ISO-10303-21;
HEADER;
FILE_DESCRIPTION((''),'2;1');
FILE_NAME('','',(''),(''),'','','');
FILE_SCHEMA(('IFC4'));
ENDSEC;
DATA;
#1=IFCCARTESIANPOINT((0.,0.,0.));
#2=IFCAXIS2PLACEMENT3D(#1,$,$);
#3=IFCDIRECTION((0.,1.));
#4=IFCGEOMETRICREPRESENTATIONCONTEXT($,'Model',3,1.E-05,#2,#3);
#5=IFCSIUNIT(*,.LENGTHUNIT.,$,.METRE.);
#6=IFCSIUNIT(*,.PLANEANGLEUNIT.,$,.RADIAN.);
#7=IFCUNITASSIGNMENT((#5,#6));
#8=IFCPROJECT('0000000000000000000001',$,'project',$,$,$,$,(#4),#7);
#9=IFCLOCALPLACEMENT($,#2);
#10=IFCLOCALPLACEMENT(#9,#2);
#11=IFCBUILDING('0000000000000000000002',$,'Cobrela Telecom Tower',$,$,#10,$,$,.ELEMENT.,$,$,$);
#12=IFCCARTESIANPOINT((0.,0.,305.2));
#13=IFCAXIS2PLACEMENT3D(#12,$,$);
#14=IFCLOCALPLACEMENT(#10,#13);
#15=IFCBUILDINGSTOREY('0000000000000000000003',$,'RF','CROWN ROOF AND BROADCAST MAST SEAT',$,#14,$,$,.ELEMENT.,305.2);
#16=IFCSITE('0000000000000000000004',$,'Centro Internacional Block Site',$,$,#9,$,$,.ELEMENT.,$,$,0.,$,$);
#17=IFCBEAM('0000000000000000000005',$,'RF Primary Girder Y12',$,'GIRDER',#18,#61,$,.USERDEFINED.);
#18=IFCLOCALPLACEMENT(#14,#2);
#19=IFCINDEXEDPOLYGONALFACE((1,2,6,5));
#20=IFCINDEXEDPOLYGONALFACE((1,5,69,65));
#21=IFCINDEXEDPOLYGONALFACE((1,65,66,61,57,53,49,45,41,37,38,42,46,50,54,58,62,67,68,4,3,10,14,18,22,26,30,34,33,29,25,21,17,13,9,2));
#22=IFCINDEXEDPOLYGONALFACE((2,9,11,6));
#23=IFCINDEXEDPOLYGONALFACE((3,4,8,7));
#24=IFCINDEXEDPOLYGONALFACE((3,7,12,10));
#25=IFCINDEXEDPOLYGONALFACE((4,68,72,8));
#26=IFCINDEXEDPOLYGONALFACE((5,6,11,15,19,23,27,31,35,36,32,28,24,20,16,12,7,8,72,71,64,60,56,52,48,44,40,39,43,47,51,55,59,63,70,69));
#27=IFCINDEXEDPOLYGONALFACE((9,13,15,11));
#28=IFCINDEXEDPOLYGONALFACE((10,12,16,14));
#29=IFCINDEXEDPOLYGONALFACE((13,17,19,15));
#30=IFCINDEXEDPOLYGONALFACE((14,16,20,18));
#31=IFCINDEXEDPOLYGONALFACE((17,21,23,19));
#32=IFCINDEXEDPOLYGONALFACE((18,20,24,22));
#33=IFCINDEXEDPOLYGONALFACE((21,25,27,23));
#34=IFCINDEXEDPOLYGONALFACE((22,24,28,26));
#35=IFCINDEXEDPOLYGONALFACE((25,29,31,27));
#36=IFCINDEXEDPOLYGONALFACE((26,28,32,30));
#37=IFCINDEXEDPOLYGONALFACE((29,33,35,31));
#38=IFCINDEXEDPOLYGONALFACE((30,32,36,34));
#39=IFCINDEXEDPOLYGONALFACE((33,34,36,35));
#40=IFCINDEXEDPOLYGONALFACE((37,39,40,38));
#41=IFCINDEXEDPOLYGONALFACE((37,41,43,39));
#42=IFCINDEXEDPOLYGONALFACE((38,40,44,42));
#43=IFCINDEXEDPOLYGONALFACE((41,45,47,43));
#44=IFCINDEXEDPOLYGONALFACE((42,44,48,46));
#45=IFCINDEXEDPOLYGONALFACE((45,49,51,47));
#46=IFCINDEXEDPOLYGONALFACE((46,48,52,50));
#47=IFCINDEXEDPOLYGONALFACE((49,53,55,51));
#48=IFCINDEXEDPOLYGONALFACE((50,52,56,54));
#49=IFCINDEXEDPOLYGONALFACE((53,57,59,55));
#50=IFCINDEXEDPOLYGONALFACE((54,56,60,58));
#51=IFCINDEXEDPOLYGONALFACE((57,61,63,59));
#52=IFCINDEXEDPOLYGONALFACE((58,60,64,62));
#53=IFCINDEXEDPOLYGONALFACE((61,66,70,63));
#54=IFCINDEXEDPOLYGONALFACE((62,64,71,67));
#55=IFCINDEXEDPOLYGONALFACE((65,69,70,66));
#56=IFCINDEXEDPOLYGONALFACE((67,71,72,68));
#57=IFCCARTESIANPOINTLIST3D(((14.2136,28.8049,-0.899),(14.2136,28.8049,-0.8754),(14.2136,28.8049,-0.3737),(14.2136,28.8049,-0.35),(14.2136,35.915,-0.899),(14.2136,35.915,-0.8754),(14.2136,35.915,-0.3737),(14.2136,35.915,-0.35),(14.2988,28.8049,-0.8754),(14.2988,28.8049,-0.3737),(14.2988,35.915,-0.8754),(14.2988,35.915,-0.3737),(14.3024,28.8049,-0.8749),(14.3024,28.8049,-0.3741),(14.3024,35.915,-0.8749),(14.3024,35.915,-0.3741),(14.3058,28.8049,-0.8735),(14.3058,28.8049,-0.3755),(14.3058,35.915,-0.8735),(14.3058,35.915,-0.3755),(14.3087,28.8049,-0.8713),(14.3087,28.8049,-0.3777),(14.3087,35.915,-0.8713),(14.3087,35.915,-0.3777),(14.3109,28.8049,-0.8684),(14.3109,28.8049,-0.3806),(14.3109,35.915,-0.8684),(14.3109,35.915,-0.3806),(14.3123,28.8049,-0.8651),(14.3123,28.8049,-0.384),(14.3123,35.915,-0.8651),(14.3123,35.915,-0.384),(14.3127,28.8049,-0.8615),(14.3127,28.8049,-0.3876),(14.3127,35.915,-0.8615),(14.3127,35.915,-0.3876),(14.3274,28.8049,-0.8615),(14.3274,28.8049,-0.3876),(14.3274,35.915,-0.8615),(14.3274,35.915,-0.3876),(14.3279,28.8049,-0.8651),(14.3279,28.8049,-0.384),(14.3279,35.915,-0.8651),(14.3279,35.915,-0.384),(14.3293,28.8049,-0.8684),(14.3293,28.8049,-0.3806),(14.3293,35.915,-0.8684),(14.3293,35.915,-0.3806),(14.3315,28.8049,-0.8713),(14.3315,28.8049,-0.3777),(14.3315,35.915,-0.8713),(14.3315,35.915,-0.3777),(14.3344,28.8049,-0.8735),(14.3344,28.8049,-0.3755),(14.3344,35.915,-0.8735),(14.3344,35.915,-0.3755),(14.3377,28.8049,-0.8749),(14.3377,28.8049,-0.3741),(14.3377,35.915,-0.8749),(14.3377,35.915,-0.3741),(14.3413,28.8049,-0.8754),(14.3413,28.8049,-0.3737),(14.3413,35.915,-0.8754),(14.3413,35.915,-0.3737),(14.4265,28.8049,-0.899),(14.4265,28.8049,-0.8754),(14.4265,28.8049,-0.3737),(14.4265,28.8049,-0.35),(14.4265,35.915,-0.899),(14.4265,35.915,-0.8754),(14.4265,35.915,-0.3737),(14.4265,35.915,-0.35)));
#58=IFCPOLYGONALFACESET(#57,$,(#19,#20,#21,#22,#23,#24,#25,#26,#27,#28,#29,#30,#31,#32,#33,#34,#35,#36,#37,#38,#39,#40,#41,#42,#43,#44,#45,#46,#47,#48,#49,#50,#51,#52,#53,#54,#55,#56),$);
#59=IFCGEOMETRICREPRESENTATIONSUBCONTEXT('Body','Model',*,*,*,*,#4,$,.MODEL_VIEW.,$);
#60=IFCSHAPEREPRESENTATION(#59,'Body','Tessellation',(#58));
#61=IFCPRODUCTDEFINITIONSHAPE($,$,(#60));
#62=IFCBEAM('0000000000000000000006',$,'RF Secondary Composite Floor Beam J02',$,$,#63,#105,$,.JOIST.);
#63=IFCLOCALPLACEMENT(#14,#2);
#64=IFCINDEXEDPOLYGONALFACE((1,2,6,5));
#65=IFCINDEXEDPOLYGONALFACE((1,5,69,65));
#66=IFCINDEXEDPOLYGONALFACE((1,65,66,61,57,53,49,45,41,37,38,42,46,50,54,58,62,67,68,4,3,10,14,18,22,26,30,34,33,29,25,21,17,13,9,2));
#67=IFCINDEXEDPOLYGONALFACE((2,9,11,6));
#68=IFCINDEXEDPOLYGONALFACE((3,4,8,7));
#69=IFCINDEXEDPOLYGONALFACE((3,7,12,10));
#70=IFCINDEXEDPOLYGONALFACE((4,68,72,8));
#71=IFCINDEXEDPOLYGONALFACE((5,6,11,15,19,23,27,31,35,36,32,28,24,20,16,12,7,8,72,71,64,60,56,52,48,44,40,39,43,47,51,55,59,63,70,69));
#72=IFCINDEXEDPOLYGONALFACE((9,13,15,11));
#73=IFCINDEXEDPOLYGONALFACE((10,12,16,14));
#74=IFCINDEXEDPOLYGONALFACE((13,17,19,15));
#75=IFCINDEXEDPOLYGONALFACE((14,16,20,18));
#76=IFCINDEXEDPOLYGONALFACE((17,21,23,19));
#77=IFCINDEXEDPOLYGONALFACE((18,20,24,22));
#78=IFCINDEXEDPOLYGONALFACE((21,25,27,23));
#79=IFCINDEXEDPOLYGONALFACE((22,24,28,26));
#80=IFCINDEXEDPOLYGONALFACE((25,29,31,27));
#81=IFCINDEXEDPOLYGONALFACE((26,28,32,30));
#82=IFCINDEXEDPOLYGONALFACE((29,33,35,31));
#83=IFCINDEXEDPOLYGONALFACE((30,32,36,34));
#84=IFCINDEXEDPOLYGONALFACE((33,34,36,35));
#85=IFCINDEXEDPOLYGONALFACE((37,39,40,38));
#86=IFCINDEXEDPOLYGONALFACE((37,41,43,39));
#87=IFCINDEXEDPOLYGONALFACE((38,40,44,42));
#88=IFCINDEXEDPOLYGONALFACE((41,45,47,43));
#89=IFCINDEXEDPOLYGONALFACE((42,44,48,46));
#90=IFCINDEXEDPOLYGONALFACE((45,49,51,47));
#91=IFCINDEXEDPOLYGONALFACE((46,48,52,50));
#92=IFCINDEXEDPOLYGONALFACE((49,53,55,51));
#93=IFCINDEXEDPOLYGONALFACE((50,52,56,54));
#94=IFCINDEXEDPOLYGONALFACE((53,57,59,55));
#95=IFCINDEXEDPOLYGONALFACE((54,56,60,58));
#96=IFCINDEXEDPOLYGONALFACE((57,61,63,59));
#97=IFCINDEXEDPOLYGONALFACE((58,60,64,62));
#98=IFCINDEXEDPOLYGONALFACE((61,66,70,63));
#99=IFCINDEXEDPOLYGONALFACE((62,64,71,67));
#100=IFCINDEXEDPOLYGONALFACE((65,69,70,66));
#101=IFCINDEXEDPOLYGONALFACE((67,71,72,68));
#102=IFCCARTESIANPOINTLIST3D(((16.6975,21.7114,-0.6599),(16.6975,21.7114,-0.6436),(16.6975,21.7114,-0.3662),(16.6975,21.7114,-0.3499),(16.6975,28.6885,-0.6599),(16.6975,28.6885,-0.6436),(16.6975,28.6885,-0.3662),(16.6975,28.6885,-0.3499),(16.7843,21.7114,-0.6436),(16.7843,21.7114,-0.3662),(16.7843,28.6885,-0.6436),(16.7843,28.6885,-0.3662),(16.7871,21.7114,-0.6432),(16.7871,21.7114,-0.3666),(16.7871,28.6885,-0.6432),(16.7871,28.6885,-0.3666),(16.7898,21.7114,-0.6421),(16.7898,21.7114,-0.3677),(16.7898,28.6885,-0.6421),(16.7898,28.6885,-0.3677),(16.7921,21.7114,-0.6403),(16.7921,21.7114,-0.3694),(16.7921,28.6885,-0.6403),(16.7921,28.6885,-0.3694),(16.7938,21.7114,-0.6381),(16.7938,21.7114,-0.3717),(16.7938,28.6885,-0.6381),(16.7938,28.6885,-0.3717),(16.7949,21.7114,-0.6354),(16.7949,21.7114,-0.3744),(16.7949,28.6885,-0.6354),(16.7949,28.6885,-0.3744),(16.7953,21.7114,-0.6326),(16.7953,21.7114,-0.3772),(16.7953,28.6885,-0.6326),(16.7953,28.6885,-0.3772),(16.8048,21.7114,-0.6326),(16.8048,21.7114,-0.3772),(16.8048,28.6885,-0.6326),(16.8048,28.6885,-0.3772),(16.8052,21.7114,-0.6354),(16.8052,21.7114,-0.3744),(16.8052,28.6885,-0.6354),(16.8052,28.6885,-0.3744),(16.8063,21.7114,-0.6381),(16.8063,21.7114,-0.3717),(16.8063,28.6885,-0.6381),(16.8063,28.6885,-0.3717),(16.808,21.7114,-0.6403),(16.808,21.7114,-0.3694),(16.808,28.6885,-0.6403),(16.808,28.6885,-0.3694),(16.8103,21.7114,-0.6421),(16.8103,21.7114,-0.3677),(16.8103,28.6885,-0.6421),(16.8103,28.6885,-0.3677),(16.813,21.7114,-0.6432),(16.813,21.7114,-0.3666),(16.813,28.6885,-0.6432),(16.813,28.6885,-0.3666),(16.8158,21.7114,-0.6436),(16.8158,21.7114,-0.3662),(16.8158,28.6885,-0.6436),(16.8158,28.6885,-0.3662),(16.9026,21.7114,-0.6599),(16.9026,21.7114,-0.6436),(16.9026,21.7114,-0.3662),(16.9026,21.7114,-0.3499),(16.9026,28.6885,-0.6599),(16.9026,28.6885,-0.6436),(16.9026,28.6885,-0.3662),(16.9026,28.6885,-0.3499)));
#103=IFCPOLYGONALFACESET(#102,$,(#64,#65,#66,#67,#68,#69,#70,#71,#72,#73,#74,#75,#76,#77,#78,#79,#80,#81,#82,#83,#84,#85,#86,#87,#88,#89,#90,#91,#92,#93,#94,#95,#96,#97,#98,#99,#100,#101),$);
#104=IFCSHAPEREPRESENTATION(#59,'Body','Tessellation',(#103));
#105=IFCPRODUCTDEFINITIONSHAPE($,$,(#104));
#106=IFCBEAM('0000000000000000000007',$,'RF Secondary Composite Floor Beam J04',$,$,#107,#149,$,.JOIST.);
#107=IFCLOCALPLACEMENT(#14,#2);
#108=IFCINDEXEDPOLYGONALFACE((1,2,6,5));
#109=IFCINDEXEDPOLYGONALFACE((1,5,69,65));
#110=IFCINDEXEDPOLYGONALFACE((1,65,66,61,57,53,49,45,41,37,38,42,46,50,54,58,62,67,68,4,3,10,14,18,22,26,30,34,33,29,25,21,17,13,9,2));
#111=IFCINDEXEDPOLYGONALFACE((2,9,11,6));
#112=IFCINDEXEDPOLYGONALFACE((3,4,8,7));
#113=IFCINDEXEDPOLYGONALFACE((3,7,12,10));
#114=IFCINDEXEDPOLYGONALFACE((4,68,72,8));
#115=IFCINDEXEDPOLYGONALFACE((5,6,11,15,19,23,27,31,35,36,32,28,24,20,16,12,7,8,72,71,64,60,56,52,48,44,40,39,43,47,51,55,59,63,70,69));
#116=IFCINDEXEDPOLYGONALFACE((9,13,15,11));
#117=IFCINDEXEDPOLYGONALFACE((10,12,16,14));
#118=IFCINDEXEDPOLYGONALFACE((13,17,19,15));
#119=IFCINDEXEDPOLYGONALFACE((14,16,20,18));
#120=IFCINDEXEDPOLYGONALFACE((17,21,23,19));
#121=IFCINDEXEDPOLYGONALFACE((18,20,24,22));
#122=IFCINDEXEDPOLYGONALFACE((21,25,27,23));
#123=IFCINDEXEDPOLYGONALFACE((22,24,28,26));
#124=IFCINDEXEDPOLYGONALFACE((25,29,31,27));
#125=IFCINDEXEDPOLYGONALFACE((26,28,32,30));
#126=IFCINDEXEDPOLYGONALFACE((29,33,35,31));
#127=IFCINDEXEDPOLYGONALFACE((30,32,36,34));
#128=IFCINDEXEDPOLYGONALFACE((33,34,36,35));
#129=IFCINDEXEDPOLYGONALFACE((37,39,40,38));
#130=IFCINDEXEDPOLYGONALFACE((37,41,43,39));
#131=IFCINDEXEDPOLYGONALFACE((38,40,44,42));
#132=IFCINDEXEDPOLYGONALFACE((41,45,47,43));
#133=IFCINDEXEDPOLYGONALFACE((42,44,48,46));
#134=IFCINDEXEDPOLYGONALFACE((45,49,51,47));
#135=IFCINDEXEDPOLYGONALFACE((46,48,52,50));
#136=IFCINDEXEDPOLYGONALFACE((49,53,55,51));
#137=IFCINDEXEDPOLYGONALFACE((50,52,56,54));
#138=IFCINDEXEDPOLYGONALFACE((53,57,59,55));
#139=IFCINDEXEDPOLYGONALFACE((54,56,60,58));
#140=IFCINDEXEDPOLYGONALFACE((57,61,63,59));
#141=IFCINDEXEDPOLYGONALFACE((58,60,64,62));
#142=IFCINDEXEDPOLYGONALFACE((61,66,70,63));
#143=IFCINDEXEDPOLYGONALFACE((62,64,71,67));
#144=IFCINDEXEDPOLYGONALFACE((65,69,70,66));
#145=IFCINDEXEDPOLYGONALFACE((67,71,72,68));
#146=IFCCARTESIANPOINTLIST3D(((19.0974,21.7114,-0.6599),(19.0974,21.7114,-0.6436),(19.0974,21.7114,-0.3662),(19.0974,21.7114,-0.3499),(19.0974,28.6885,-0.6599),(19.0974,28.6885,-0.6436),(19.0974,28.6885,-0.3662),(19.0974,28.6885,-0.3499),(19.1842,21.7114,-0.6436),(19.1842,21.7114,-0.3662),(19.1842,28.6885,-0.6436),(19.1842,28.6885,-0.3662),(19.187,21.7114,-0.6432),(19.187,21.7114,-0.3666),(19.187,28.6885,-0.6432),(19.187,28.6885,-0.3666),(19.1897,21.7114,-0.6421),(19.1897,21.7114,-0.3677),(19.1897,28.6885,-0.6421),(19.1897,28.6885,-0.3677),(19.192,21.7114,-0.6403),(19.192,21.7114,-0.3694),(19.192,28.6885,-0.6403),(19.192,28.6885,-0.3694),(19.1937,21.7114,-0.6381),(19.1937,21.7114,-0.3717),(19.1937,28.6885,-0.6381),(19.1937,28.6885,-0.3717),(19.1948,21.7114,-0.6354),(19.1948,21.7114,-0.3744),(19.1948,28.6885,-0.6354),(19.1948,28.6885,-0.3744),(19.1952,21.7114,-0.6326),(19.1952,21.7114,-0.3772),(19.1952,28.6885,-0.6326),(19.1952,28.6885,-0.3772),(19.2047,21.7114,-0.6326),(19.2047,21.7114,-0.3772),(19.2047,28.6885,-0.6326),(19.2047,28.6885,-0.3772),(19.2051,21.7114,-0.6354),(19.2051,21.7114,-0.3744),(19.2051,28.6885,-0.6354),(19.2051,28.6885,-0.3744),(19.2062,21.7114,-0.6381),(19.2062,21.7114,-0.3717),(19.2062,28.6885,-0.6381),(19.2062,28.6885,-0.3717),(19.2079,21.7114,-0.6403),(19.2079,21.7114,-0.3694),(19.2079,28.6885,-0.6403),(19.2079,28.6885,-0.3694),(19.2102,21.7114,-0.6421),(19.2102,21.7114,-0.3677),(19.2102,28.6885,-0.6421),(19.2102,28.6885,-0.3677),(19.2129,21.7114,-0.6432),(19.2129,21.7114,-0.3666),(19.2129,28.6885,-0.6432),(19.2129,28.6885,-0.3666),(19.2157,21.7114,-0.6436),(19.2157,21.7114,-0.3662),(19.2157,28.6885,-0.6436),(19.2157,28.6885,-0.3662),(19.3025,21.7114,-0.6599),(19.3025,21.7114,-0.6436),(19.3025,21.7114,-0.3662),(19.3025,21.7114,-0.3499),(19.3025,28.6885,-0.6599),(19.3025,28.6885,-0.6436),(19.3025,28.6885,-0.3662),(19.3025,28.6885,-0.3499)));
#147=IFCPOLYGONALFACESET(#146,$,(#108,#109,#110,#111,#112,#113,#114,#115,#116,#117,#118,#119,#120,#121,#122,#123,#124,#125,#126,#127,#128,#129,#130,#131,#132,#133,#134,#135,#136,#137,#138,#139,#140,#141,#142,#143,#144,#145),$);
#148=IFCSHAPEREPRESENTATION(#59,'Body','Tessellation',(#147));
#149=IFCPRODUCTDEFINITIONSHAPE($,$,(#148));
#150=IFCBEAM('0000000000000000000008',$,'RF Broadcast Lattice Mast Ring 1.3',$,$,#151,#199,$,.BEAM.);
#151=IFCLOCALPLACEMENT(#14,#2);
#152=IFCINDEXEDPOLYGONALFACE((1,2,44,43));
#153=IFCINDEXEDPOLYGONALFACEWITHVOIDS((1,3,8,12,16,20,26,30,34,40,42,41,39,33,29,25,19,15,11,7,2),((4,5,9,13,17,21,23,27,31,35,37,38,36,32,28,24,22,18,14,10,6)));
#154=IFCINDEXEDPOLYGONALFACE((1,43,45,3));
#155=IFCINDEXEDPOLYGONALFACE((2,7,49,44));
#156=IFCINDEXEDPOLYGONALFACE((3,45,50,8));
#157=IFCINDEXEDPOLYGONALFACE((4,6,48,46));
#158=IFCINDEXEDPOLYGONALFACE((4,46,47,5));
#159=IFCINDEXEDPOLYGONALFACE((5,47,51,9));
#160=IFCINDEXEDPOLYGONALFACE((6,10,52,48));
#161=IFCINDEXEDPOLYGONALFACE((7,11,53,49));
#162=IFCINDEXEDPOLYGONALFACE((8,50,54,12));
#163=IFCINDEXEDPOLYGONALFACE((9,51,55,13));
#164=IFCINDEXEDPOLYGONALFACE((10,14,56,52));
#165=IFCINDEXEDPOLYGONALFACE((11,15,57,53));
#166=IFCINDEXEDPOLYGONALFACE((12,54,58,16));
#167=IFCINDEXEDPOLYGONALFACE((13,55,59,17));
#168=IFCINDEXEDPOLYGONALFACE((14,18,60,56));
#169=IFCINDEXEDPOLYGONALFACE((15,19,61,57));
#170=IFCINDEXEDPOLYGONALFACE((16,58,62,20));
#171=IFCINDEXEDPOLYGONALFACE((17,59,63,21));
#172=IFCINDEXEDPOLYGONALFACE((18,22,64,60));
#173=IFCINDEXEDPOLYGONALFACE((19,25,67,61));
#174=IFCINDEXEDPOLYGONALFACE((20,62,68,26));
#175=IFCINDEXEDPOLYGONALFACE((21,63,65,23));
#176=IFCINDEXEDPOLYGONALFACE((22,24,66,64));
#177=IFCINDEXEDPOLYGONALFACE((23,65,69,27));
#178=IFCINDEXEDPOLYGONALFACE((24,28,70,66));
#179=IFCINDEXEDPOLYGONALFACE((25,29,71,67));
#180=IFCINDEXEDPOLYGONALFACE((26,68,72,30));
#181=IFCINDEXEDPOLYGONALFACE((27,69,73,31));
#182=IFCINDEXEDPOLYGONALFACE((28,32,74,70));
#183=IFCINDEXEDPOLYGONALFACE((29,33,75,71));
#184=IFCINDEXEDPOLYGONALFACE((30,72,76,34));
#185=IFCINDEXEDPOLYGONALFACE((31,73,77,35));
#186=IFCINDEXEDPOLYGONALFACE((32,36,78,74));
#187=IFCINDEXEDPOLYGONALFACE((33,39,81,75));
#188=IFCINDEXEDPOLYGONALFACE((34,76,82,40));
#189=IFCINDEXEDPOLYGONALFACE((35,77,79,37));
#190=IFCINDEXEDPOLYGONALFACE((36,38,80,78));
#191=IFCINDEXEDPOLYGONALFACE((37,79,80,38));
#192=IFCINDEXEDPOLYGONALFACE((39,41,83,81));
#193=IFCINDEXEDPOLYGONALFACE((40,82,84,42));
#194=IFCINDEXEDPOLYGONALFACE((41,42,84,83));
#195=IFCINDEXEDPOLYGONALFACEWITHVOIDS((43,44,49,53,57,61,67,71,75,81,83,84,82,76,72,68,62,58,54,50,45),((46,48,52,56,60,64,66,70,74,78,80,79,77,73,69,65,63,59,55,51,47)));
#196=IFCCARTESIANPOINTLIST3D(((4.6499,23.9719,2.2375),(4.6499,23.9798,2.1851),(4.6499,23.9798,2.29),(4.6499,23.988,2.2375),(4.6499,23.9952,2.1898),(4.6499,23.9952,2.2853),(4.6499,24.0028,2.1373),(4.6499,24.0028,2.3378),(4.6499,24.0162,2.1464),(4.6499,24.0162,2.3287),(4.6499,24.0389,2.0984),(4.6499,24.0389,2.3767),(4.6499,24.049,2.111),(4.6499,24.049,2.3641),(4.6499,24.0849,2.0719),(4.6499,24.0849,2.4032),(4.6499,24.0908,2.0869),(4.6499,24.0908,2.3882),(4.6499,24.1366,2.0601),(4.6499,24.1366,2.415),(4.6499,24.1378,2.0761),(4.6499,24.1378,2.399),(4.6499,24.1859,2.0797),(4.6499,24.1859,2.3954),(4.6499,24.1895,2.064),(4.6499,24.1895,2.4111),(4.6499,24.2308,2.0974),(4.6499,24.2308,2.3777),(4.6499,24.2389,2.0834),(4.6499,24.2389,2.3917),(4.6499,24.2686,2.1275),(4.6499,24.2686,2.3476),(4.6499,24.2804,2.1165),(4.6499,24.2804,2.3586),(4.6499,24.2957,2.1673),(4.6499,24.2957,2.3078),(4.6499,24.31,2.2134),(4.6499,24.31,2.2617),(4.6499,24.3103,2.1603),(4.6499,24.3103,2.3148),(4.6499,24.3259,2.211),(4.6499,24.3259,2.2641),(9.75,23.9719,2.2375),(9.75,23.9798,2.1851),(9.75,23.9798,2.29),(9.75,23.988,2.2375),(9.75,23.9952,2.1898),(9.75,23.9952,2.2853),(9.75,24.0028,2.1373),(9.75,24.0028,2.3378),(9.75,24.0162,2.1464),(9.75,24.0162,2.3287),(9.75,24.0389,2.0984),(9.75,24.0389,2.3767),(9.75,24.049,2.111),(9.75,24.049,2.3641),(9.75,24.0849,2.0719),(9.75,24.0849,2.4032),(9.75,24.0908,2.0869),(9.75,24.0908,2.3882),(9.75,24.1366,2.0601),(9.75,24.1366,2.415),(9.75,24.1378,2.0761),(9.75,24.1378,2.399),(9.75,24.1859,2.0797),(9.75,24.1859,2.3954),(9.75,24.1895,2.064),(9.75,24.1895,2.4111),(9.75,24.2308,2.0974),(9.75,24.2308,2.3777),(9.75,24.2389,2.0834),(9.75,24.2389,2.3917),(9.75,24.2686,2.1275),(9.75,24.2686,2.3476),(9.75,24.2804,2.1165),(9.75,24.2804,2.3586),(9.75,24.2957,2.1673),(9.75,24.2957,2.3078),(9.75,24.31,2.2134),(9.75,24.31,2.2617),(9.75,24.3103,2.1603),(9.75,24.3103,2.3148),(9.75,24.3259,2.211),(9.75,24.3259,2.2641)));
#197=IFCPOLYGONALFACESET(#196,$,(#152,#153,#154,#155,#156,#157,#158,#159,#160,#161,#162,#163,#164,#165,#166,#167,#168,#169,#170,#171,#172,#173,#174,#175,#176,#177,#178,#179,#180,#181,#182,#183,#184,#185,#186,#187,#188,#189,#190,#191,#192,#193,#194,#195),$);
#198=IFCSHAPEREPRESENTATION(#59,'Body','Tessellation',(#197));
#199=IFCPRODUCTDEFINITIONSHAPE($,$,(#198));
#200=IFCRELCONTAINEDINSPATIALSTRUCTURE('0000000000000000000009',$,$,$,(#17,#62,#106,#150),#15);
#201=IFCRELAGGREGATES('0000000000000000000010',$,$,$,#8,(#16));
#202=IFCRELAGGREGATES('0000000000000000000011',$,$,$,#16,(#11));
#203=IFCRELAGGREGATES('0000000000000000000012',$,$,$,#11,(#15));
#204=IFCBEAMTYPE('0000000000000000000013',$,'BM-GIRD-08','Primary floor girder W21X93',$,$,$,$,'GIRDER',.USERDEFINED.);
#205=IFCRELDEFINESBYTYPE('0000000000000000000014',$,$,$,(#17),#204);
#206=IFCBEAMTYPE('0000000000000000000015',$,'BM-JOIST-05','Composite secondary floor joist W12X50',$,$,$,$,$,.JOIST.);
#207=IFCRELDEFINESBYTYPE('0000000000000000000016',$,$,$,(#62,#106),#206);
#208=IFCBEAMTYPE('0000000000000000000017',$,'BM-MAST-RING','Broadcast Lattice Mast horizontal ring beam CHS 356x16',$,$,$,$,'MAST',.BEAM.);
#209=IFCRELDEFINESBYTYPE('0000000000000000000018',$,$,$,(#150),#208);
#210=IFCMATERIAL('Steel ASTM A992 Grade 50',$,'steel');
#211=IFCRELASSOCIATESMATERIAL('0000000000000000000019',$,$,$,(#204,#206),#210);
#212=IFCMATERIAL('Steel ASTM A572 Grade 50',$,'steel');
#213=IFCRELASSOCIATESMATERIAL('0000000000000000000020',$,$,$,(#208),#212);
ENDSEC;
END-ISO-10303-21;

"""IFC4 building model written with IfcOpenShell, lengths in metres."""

from ifc_helpers import new_model, si_unit, direction, frame, origin, origin_2d, place, context, subcontext, project, spatial, hollow_circle, i_section, extrude, material, material_profile, profile_set, type_object, element, save


model = new_model("IFC4")

# Units and contexts
model_context = context("Model", 3, precision=1e-05, world=origin(), true_north=direction((0.0, 1.0)))
body_context = subcontext(model_context, "Body", "Model", "MODEL_VIEW")
ifc_project = project(units=[si_unit("LENGTHUNIT", "METRE"), si_unit("PLANEANGLEUNIT", "RADIAN")], contexts=[model_context])

# Site, building, storey
site_placement = place(None, origin())
site = spatial("IfcSite", under=ifc_project, at=site_placement, Name="Centro Internacional Block Site", CompositionType="ELEMENT", RefElevation=0.0)
building_placement = place(site_placement, origin())
building = spatial("IfcBuilding", under=site, at=building_placement, Name="Cobrela Telecom Tower", CompositionType="ELEMENT")
storey_placement = place(building_placement, frame((0.0, 0.0, 305.2)))
storey = spatial("IfcBuildingStorey", under=building, at=storey_placement, Name="RF", Description="CROWN ROOF AND BROADCAST MAST SEAT", CompositionType="ELEMENT", Elevation=305.2)

# Shared definitions
ifc_material_1 = material(Name="Steel ASTM A572 Grade 50", Category="steel")

# Beams
ifc_material_2 = material(Name="Steel ASTM A992 Grade 50", Category="steel")
ifc_material_profile_1 = material_profile(ifc_material_2, i_section(OverallWidth=0.2129, OverallDepth=0.5491, WebThickness=0.0146, FlangeThickness=0.0237, FilletRadius=0.0139, at=origin_2d()), Name="W21X93")
ifc_profile_set_1 = profile_set([ifc_material_profile_1], Name="Steel ASTM A992 Grade 50")
beam_type_1 = type_object("IfcBeamType", Name="BM-GIRD-08", Description="Primary floor girder W21X93", ElementType="GIRDER", PredefinedType="USERDEFINED", material=ifc_profile_set_1)
beam_1_placement = place(storey_placement, frame((14.3201, 28.8049, -0.6245), z_axis=(0.0, 1.0, 0.0), x_axis=(-1.0, 0.0, 0.0)))
element("IfcBeam", 1, at=beam_1_placement, inside=storey, type_object=beam_type_1, Name="RF Primary Girder Y12", ObjectType="GIRDER", PredefinedType="USERDEFINED", context=body_context, shape_type="SweptSolid", body=[
    extrude(i_section(OverallWidth=0.2129, OverallDepth=0.5491, WebThickness=0.0146, FlangeThickness=0.0237, FilletRadius=0.0139, at=origin_2d()), origin(), (0.0, 0.0, 1.0), 7.1101),
])
ifc_material_profile_2 = material_profile(ifc_material_2, i_section(OverallWidth=0.2051, OverallDepth=0.3101, WebThickness=0.0095, FlangeThickness=0.0164, FilletRadius=0.011, at=origin_2d()), Name="W12X50")
ifc_profile_set_2 = profile_set([ifc_material_profile_2], Name="Steel ASTM A992 Grade 50")
beam_type_2 = type_object("IfcBeamType", Name="BM-JOIST-05", Description="Composite secondary floor joist W12X50", PredefinedType="JOIST", material=ifc_profile_set_2)
for number, where, z_axis, x_axis, name in (
    (2, (16.8, 21.7114, -0.5049), (0.0, 1.0, 0.0), (-1.0, 0.0, 0.0), "RF Secondary Composite Floor Beam J02"),
    (3, (19.2, 21.7114, -0.5049), (0.0, 1.0, 0.0), (-1.0, 0.0, 0.0), "RF Secondary Composite Floor Beam J04"),
):
    element("IfcBeam", number, at=place(storey_placement, frame(where, z_axis=z_axis, x_axis=x_axis)), inside=storey, type_object=beam_type_2, Name=name, PredefinedType="JOIST", context=body_context, shape_type="SweptSolid", body=[
        extrude(i_section(OverallWidth=0.2051, OverallDepth=0.3101, WebThickness=0.0095, FlangeThickness=0.0164, FilletRadius=0.011, at=origin_2d()), origin(), (0.0, 0.0, 1.0), 6.9771),
    ])
ifc_material_profile_3 = material_profile(ifc_material_1, hollow_circle(Radius=0.178, WallThickness=0.0161, at=origin_2d()), Name="CHS 356x16")
ifc_profile_set_3 = profile_set([ifc_material_profile_3], Name="Steel ASTM A572 Grade 50")
beam_type_3 = type_object("IfcBeamType", Name="BM-MAST-RING", Description="Broadcast Lattice Mast horizontal ring beam CHS 356x16", ElementType="MAST", PredefinedType="BEAM", material=ifc_profile_set_3)
beam_2_placement = place(storey_placement, frame((9.75, 24.1499, 2.2375), z_axis=(-1.0, 0.0, 0.0), x_axis=(0.0, -1.0, 0.0)))
element("IfcBeam", 4, at=beam_2_placement, inside=storey, type_object=beam_type_3, Name="RF Broadcast Lattice Mast Ring 1.3", PredefinedType="BEAM", context=body_context, shape_type="SweptSolid", body=[
    extrude(hollow_circle(Radius=0.178, WallThickness=0.0161, at=origin_2d()), origin(), (0.0, 0.0, 1.0), 5.1001),
])

save(model, "model.ifc")
